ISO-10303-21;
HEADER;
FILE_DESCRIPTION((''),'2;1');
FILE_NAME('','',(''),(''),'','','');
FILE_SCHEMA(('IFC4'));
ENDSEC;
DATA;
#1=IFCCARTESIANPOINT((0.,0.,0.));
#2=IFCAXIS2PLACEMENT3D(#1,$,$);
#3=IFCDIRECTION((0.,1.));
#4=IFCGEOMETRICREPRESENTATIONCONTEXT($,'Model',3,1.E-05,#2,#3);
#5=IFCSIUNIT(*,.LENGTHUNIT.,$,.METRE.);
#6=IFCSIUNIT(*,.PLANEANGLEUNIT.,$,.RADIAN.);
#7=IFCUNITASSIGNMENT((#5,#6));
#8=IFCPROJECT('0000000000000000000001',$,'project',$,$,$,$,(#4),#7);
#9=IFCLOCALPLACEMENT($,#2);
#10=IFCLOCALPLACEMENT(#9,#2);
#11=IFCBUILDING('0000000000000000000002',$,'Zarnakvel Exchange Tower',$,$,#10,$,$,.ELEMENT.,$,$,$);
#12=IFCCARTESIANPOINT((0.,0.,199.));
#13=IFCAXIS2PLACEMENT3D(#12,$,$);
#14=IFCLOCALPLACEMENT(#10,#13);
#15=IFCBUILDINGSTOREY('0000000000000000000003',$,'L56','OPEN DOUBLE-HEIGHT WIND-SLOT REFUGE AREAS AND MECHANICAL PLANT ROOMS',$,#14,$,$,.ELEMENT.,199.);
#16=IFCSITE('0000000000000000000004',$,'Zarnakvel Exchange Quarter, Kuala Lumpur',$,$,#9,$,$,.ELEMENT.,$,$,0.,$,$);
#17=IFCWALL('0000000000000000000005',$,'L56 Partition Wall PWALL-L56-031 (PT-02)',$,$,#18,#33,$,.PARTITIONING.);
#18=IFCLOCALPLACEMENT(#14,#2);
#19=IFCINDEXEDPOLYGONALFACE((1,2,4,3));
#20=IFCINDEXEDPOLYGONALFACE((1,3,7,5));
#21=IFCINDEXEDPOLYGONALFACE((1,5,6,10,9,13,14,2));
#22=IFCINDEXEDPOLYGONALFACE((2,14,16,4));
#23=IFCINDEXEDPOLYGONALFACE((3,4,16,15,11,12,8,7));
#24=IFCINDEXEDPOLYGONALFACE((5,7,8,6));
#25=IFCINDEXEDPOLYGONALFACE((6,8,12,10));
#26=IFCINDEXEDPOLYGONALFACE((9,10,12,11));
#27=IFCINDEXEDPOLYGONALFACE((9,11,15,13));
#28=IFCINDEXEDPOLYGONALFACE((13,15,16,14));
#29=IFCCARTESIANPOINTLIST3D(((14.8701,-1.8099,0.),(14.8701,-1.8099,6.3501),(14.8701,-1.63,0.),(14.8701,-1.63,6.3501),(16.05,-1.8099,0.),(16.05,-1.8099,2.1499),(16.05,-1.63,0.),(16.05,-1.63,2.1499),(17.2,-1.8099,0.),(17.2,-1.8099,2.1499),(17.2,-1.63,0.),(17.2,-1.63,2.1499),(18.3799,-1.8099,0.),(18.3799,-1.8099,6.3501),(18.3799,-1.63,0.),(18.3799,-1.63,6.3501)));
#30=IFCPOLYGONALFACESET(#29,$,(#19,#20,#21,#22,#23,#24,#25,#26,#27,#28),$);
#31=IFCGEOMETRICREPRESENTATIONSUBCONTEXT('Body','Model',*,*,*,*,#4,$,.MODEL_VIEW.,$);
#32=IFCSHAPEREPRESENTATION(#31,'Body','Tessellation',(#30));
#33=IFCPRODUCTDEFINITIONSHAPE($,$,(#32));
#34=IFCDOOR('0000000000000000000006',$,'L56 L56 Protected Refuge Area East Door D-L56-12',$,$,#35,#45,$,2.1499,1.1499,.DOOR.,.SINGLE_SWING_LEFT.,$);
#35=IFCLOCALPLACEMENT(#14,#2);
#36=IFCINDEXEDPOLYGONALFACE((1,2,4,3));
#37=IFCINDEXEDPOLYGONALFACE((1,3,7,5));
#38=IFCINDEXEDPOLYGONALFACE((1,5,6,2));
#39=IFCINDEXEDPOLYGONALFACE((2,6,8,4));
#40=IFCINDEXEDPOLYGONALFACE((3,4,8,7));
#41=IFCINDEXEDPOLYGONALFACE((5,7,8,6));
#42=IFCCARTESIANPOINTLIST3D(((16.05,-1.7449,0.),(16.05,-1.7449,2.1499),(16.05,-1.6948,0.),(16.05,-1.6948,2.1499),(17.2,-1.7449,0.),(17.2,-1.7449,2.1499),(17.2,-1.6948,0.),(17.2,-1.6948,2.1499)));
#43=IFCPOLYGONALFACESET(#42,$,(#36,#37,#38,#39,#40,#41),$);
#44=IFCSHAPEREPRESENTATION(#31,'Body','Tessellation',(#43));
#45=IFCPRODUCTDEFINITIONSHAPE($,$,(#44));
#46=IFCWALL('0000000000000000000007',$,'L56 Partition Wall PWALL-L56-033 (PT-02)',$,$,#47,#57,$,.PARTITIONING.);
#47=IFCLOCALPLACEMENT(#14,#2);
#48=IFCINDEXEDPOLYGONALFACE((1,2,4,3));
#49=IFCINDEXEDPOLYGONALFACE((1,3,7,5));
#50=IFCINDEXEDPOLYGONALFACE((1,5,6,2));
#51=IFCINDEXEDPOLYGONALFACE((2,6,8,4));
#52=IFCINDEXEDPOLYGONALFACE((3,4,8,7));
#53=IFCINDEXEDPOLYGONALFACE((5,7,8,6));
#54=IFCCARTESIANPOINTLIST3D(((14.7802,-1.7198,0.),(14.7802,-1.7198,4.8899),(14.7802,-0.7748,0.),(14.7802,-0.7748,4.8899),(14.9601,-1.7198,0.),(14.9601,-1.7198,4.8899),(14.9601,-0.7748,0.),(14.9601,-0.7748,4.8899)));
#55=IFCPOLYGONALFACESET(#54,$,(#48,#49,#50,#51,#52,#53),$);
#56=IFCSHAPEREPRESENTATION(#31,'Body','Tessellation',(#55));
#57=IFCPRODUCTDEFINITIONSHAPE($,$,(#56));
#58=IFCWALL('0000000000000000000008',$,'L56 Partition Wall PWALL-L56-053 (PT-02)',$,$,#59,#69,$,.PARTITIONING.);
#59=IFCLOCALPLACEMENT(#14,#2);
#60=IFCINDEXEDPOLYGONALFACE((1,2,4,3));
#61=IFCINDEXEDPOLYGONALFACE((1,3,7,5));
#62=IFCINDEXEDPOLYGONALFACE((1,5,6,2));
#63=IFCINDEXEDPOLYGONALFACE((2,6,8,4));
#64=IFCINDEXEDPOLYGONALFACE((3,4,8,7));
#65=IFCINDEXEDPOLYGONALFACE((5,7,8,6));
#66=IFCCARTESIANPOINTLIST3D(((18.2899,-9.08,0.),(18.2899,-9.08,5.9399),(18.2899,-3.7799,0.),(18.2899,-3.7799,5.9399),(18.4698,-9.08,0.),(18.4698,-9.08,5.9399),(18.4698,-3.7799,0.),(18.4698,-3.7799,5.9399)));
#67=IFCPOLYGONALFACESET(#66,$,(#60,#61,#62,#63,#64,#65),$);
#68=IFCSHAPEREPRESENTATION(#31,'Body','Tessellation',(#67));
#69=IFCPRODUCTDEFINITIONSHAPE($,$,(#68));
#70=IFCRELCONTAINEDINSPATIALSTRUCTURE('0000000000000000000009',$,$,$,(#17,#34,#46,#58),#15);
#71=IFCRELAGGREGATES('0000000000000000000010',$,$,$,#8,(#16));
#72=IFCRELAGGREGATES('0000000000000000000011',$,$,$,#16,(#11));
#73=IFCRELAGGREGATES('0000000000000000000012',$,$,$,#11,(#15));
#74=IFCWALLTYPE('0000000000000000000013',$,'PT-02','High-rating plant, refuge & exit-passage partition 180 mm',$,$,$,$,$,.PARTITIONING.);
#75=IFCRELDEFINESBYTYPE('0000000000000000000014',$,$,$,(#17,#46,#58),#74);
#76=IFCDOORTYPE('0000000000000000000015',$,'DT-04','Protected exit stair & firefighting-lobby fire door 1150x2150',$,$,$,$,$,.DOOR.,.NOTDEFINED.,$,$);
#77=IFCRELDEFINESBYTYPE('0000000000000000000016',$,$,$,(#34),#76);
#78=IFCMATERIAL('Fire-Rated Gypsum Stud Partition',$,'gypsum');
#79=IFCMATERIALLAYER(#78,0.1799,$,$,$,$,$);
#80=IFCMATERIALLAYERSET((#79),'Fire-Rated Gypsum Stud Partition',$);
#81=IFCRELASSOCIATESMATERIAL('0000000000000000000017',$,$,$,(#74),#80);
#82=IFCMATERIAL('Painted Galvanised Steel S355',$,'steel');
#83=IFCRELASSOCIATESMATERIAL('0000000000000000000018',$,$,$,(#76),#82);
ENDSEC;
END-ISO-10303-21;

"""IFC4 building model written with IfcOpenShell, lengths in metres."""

from ifc_helpers import new_model, si_unit, direction, frame, frame_2d, origin, place, context, subcontext, project, spatial, rectangle, extrude, source, transform, mapped, material, layer, layer_set, type_object, element, fill, save


model = new_model("IFC4")

# Units and contexts
model_context = context("Model", 3, precision=1e-05, world=origin(), true_north=direction((0.0, 1.0)))
body_context = subcontext(model_context, "Body", "Model", "MODEL_VIEW")
ifc_project = project(units=[si_unit("LENGTHUNIT", "METRE"), si_unit("PLANEANGLEUNIT", "RADIAN")], contexts=[model_context])

# Site, building, storey
site_placement = place(None, origin())
site = spatial("IfcSite", under=ifc_project, at=site_placement, Name="Zarnakvel Exchange Quarter, Kuala Lumpur", CompositionType="ELEMENT", RefElevation=0.0)
building_placement = place(site_placement, origin())
building = spatial("IfcBuilding", under=site, at=building_placement, Name="Zarnakvel Exchange Tower", CompositionType="ELEMENT")
storey_placement = place(building_placement, frame((0.0, 0.0, 199.0)))
storey = spatial("IfcBuildingStorey", under=building, at=storey_placement, Name="L56", Description="OPEN DOUBLE-HEIGHT WIND-SLOT REFUGE AREAS AND MECHANICAL PLANT ROOMS", CompositionType="ELEMENT", Elevation=199.0)

# Wall, opening, door
ifc_material_1 = material(Name="Fire-Rated Gypsum Stud Partition", Category="gypsum")
ifc_layer_1 = layer(ifc_material_1, 0.1799)
ifc_layer_set_1 = layer_set([ifc_layer_1], Name="Fire-Rated Gypsum Stud Partition")
wall_type_1 = type_object("IfcWallType", Name="PT-02", Description="High-rating plant, refuge & exit-passage partition 180 mm", PredefinedType="PARTITIONING", material=ifc_layer_set_1)
wall_1_placement = place(storey_placement, frame((18.3799, -1.72, 0.0), z_axis=(0.0, 0.0, 1.0), x_axis=(-1.0, 0.0, 0.0)))
wall_1 = element("IfcWall", 1, at=wall_1_placement, inside=storey, type_object=wall_type_1, Name="L56 Partition Wall PWALL-L56-031 (PT-02)", PredefinedType="PARTITIONING", context=body_context, shape_type="SweptSolid", body=[
    extrude(rectangle(XDim=3.5098, YDim=0.1799, at=frame_2d((1.7549, 0.0))), origin(), (0.0, 0.0, 1.0), 6.3501),
])
opening_1_placement = place(wall_1_placement, frame((1.1799, 0.0, 0.0)))
opening_1 = element("IfcOpeningElement", 2, at=opening_1_placement, cuts=wall_1, PredefinedType="OPENING", context=body_context, shape_type="SweptSolid", body=[
    extrude(rectangle(XDim=1.1499, YDim=2.1499, at=frame_2d((0.575, 1.075))), frame((0.0, 0.0999, 0.0), z_axis=(0.0, -1.0, 0.0), x_axis=(1.0, 0.0, 0.0)), (0.0, 0.0, 1.0), 0.2),
])
ifc_material_2 = material(Name="Painted Galvanised Steel S355", Category="steel")
door_type_1 = type_object("IfcDoorType", Name="DT-04", Description="Protected exit stair & firefighting-lobby fire door 1150x2150", OperationType="NOTDEFINED", PredefinedType="DOOR", material=ifc_material_2)
shared_shape_1 = source(origin(), body_context, "Body", "SweptSolid", [
    extrude(rectangle(XDim=1.1499, YDim=2.1499, at=frame_2d((0.575, 1.075))), frame((0.0, 0.0249, 0.0), z_axis=(0.0, -1.0, 0.0), x_axis=(1.0, 0.0, 0.0)), (0.0, 0.0, 1.0), 0.05),
])
door_1_placement = place(opening_1_placement, origin())
door_1 = element("IfcDoor", 3, at=door_1_placement, inside=storey, type_object=door_type_1, Name="L56 L56 Protected Refuge Area East Door D-L56-12", OperationType="SINGLE_SWING_LEFT", OverallHeight=2.1499, OverallWidth=1.1499, PredefinedType="DOOR", context=body_context, shape_type="MappedRepresentation", body=[
    mapped(shared_shape_1, transform((0.0, 0.0, 0.0), x_axis=(1.0, 0.0, 0.0), y_axis=(0.0, 1.0, 0.0), z_axis=(0.0, 0.0, 1.0), scale=1.0)),
])
fill(opening_1, door_1)

# Wall
wall_2_placement = place(storey_placement, frame((14.8701, -1.72, 0.0), z_axis=(0.0, 0.0, 1.0), x_axis=(0.0, 1.0, 0.0)))
element("IfcWall", 4, at=wall_2_placement, inside=storey, type_object=wall_type_1, Name="L56 Partition Wall PWALL-L56-033 (PT-02)", PredefinedType="PARTITIONING", context=body_context, shape_type="SweptSolid", body=[
    extrude(rectangle(XDim=0.9451, YDim=0.1799, at=frame_2d((0.4727, 0.0))), origin(), (0.0, 0.0, 1.0), 4.8899),
])

# Wall
wall_3_placement = place(storey_placement, frame((18.3799, -3.78, 0.0), z_axis=(0.0, 0.0, 1.0), x_axis=(0.0, -1.0, 0.0)))
element("IfcWall", 5, at=wall_3_placement, inside=storey, type_object=wall_type_1, Name="L56 Partition Wall PWALL-L56-053 (PT-02)", PredefinedType="PARTITIONING", context=body_context, shape_type="SweptSolid", body=[
    extrude(rectangle(XDim=5.3, YDim=0.1799, at=frame_2d((2.6499, 0.0))), origin(), (0.0, 0.0, 1.0), 5.9399),
])

save(model, "model.ifc")
